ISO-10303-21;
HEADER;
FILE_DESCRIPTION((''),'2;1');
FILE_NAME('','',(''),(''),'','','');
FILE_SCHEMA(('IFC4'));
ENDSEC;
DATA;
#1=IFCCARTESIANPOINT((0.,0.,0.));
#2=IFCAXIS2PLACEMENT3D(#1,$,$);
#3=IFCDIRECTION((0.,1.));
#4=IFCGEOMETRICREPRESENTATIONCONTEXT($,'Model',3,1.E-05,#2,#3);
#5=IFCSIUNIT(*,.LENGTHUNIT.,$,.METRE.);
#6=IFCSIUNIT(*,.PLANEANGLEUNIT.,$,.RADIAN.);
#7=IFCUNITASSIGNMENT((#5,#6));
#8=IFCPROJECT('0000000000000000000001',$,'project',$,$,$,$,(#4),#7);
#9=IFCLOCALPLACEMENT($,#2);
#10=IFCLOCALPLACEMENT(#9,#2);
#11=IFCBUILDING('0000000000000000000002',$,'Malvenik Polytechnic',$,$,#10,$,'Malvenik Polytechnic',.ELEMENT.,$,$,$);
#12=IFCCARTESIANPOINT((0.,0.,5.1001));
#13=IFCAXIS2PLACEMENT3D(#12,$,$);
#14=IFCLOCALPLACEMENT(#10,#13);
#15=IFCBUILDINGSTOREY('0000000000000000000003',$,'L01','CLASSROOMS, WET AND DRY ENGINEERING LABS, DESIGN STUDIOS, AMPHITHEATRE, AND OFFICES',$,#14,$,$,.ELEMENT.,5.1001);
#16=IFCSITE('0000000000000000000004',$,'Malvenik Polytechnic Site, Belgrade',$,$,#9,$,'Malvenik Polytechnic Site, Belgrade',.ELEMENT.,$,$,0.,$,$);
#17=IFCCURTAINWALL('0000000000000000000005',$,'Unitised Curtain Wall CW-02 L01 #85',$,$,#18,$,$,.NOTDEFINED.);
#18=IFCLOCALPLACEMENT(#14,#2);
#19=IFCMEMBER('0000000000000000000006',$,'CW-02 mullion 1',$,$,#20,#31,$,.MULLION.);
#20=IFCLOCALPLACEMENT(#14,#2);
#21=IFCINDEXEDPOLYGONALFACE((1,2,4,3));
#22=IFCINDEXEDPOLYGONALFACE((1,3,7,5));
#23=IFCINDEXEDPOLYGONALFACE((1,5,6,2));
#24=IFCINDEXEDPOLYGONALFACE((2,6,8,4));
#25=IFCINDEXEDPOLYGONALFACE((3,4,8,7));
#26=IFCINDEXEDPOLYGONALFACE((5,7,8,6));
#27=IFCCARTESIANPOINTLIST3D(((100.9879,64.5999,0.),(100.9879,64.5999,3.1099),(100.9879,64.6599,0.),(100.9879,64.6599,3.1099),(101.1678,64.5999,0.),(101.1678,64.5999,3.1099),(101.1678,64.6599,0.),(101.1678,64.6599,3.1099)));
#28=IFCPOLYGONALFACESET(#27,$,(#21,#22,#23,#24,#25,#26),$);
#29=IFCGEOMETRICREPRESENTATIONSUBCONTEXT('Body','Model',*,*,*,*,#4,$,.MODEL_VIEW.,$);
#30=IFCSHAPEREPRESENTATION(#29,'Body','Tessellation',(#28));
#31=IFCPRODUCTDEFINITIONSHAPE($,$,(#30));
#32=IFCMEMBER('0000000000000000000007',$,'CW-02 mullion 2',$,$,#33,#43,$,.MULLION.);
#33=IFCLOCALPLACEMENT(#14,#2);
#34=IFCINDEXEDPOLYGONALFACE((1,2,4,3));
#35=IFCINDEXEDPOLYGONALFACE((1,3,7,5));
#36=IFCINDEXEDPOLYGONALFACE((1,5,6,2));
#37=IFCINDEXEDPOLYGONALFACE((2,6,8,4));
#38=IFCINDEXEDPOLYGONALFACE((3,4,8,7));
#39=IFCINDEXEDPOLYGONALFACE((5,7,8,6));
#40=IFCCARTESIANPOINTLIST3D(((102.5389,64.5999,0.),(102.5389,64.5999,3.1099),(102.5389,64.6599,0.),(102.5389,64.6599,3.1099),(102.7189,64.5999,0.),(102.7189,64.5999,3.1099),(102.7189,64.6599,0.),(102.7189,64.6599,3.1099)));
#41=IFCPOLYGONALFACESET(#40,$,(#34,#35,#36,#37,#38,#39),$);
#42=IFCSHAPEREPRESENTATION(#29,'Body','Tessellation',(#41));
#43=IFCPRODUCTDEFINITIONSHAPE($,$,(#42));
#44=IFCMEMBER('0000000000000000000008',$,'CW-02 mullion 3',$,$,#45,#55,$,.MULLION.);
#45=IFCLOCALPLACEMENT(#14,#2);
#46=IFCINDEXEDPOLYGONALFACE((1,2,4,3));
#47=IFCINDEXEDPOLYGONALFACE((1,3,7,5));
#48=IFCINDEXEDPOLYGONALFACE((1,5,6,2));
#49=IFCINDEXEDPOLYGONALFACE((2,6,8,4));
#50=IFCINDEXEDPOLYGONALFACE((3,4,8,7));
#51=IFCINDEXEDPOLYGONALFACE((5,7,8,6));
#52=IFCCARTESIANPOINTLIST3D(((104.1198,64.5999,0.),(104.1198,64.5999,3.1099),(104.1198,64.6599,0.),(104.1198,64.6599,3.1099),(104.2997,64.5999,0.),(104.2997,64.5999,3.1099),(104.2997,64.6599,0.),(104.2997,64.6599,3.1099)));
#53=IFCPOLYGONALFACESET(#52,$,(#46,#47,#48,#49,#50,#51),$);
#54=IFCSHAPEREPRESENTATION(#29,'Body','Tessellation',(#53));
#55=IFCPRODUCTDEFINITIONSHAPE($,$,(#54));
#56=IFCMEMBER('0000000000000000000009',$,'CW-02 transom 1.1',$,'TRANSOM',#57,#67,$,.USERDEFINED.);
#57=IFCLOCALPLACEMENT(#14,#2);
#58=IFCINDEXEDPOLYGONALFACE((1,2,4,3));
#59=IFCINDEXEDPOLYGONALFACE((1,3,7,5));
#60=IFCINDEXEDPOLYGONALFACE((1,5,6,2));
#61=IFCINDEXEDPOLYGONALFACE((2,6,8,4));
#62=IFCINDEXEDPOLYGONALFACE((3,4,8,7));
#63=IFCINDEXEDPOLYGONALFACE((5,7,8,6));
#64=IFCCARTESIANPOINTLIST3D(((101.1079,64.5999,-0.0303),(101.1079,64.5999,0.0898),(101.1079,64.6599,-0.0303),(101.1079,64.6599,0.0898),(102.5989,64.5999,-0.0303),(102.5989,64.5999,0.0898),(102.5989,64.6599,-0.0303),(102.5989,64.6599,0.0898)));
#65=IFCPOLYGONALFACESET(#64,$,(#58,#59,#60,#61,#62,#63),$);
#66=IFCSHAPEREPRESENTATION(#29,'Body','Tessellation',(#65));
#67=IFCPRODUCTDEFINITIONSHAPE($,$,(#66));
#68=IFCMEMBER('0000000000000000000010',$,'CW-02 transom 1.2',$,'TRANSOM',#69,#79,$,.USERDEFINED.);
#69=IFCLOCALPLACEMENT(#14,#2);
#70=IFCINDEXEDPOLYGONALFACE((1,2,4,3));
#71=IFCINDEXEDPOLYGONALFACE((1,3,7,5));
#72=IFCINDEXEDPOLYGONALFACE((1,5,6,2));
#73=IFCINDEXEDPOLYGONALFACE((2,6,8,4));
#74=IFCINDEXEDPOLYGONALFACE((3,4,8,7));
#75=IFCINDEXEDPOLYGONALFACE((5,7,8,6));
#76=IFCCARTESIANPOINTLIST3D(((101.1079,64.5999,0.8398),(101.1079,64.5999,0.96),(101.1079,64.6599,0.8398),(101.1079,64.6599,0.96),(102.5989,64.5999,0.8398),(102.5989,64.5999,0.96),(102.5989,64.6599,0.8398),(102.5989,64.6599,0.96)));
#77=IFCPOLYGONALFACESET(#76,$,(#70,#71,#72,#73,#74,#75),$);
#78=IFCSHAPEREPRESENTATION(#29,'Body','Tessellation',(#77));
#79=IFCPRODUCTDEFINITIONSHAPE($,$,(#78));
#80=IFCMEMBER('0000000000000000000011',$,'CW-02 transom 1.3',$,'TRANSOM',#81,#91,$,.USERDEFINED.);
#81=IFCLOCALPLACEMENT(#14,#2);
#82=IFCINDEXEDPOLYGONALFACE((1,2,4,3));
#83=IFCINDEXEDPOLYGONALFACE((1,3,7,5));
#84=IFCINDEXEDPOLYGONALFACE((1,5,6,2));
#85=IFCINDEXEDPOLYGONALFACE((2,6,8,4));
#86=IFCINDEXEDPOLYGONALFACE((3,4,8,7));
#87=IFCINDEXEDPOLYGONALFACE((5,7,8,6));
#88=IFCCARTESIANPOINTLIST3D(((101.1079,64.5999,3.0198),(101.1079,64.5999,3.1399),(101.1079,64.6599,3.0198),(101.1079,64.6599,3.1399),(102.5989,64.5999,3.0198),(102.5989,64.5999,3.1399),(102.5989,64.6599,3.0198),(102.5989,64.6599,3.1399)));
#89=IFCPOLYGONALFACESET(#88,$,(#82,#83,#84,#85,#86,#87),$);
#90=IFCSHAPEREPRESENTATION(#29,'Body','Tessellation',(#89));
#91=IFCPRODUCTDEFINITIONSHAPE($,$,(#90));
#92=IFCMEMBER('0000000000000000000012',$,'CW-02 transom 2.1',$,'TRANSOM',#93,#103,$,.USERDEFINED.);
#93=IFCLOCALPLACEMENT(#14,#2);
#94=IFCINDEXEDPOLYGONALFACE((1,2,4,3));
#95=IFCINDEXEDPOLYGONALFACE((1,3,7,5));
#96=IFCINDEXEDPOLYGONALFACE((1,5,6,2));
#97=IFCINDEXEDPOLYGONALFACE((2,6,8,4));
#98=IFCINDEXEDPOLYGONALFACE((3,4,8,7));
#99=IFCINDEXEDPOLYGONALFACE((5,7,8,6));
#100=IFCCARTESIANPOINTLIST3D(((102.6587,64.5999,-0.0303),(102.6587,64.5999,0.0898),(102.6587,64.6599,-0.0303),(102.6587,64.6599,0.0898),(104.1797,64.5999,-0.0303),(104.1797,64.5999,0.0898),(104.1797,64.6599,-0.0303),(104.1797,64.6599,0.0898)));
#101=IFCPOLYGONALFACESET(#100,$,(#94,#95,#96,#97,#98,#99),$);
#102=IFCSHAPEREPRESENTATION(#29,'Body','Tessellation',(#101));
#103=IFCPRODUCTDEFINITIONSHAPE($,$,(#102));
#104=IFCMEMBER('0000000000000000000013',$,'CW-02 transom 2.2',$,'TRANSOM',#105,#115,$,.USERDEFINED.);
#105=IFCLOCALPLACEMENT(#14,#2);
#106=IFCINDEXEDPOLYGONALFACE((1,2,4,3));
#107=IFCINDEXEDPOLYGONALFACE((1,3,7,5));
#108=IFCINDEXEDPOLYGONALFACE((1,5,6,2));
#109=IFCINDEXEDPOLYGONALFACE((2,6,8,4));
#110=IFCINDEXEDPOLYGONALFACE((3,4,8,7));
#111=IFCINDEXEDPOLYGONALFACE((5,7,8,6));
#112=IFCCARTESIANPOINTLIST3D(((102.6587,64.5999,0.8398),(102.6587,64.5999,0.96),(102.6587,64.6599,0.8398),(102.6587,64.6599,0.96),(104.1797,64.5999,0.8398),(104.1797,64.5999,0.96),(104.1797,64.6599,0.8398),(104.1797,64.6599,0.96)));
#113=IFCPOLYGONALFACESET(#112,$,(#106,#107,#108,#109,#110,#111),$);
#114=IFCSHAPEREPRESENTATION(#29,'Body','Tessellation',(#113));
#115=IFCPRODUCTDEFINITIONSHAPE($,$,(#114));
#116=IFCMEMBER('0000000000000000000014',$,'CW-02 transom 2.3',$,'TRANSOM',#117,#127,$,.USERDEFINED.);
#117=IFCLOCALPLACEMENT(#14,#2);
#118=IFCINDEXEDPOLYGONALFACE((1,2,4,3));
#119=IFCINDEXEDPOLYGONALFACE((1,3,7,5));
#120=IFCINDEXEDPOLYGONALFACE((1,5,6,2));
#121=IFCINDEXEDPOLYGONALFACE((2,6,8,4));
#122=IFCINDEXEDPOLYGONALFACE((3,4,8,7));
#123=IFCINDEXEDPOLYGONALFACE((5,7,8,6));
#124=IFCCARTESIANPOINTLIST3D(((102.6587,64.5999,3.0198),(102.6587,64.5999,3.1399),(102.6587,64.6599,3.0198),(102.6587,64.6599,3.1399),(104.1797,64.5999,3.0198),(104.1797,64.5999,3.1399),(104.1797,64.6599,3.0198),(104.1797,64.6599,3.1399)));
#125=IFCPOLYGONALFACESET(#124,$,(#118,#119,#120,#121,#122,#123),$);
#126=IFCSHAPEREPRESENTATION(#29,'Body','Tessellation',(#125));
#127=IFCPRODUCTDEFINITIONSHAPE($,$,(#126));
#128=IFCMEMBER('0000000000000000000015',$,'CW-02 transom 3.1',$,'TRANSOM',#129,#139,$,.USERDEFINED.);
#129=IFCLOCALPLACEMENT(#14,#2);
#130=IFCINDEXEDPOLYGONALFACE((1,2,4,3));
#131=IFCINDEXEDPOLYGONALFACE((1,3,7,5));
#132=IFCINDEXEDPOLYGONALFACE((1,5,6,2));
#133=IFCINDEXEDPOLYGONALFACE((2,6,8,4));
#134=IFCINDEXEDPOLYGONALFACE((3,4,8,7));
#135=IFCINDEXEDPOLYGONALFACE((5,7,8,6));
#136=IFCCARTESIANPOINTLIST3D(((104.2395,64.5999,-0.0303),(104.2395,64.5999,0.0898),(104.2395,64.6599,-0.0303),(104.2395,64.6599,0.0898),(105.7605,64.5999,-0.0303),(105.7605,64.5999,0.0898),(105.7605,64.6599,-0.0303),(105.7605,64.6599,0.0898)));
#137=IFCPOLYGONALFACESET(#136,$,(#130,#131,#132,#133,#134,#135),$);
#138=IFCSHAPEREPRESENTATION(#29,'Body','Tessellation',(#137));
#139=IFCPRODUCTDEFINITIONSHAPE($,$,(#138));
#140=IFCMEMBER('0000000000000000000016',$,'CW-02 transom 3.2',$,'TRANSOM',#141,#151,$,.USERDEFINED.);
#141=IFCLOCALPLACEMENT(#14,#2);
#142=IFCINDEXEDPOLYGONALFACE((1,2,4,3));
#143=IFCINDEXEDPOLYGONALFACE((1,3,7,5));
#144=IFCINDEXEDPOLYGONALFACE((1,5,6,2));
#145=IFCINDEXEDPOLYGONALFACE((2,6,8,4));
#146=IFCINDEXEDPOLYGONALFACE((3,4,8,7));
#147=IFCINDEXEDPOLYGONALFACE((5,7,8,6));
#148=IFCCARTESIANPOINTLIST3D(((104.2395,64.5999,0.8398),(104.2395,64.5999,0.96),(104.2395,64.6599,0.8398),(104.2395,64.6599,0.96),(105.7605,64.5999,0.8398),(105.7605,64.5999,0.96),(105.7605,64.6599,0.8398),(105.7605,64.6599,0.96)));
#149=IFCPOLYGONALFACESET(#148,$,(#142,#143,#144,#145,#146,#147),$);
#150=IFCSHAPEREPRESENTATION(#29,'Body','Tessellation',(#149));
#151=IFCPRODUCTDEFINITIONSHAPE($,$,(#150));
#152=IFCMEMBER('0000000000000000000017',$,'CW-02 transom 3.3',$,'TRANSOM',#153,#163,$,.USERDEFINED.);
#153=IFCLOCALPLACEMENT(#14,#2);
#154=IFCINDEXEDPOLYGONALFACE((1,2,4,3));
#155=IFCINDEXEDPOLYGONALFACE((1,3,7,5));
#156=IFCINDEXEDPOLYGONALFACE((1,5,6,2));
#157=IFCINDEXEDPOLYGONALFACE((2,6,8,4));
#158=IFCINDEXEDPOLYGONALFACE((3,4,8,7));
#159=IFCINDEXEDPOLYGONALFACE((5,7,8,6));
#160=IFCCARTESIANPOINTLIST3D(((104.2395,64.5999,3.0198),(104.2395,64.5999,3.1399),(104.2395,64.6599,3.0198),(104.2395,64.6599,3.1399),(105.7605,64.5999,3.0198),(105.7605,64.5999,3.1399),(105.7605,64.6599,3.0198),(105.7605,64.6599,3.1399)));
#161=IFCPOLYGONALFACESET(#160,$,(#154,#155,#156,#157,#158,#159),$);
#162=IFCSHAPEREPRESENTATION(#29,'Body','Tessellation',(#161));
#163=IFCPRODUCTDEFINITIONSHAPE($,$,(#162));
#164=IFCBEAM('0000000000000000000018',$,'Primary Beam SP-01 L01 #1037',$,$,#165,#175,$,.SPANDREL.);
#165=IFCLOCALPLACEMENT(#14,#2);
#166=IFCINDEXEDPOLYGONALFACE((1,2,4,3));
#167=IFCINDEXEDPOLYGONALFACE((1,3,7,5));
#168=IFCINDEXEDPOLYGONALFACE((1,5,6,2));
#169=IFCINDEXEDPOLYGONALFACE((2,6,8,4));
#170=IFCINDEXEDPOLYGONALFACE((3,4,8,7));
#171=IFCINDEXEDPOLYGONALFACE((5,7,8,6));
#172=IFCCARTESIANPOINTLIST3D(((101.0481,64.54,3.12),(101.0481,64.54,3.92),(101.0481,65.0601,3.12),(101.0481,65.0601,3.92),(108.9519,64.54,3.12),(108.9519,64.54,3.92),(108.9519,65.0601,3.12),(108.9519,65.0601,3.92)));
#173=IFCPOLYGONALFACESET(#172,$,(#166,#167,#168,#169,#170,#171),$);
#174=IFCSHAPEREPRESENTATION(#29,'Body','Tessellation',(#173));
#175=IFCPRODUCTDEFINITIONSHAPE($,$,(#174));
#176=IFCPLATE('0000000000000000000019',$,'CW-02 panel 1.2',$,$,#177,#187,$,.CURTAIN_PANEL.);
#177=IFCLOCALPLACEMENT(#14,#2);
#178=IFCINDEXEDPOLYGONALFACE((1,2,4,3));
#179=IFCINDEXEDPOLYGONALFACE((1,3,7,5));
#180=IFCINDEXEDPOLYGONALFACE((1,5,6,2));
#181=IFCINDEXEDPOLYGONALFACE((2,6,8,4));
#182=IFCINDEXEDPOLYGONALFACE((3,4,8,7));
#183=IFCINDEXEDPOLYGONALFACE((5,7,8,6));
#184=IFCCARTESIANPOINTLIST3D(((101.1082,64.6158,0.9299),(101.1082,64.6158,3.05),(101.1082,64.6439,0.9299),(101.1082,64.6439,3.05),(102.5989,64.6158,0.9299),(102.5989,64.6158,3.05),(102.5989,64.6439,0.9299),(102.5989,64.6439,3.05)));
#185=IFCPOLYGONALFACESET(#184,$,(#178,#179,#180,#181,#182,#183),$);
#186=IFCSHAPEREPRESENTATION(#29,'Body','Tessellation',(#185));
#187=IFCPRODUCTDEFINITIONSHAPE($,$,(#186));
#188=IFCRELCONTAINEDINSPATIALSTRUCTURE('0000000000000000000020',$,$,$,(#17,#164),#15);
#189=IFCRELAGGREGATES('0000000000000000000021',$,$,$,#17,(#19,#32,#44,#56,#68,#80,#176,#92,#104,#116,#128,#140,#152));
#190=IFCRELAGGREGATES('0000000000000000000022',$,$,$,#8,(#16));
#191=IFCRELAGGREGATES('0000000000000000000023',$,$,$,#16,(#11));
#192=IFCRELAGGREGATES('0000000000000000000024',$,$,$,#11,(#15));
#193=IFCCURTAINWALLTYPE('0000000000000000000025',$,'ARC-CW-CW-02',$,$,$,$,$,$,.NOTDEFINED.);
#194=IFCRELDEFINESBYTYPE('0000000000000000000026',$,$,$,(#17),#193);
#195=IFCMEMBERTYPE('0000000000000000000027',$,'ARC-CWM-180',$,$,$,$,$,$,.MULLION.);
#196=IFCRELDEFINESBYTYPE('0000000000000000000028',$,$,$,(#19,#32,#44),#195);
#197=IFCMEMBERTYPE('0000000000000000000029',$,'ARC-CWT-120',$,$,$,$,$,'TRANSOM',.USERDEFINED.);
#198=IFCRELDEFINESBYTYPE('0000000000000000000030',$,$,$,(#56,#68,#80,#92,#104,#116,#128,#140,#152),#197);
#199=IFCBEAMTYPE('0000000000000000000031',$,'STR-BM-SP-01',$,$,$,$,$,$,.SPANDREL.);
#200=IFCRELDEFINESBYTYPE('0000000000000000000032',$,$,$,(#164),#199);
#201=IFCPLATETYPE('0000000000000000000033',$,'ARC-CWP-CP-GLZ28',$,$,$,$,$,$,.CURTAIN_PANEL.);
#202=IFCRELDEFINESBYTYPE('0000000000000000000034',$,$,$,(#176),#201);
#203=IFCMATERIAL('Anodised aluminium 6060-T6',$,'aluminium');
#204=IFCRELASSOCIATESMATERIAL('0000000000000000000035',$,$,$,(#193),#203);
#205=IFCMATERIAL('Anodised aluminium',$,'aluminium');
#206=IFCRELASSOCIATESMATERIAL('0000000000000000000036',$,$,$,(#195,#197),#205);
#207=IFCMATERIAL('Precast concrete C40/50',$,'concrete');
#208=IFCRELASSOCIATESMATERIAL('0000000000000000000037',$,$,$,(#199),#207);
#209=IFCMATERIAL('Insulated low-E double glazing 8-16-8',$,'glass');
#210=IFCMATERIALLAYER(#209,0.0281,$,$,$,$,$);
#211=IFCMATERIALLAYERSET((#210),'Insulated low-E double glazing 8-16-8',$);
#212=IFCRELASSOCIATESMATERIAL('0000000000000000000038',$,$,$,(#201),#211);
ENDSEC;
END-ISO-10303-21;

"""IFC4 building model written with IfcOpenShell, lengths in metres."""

from ifc_helpers import new_model, si_unit, direction, frame, origin, origin_2d, place, context, subcontext, project, spatial, rectangle, extrude, material, layer, layer_set, material_profile, profile_set, type_object, element, aggregate, save


model = new_model("IFC4")

# Units and contexts
model_context = context("Model", 3, precision=1e-05, world=origin(), true_north=direction((0.0, 1.0)))
body_context = subcontext(model_context, "Body", "Model", "MODEL_VIEW")
ifc_project = project(units=[si_unit("LENGTHUNIT", "METRE"), si_unit("PLANEANGLEUNIT", "RADIAN")], contexts=[model_context])

# Site, building, storey
site_placement = place(None, origin())
site = spatial("IfcSite", under=ifc_project, at=site_placement, Name="Malvenik Polytechnic Site, Belgrade", LongName="Malvenik Polytechnic Site, Belgrade", CompositionType="ELEMENT", RefElevation=0.0)
building_placement = place(site_placement, origin())
building = spatial("IfcBuilding", under=site, at=building_placement, Name="Malvenik Polytechnic", LongName="Malvenik Polytechnic", CompositionType="ELEMENT")
storey_placement = place(building_placement, frame((0.0, 0.0, 5.1001)))
storey = spatial("IfcBuildingStorey", under=building, at=storey_placement, Name="L01", Description="CLASSROOMS, WET AND DRY ENGINEERING LABS, DESIGN STUDIOS, AMPHITHEATRE, AND OFFICES", CompositionType="ELEMENT", Elevation=5.1001)

# Curtain wall, members
ifc_material_1 = material(Name="Anodised aluminium 6060-T6", Category="aluminium")
curtain_wall_type = type_object("IfcCurtainWallType", Name="ARC-CW-CW-02", PredefinedType="NOTDEFINED", material=ifc_material_1)
curtain_wall_placement = place(storey_placement, origin())
curtain_wall = element("IfcCurtainWall", 1, at=curtain_wall_placement, inside=storey, type_object=curtain_wall_type, Name="Unitised Curtain Wall CW-02 L01 #85", PredefinedType="NOTDEFINED")
ifc_material_2 = material(Name="Anodised aluminium", Category="aluminium")
ifc_material_profile_1 = material_profile(ifc_material_2, rectangle(XDim=0.0601, YDim=0.1799, at=origin_2d()), Name="ALU MULLION 60x180")
ifc_profile_set_1 = profile_set([ifc_material_profile_1], Name="Anodised aluminium")
member_type_1 = type_object("IfcMemberType", Name="ARC-CWM-180", PredefinedType="MULLION", material=ifc_profile_set_1)
member_1_placement = place(storey_placement, frame((101.0779, 64.6299, 0.0), z_axis=(0.0, 0.0, 1.0), x_axis=(0.0, 1.0, 0.0)))
member_1 = element("IfcMember", 2, at=member_1_placement, type_object=member_type_1, Name="CW-02 mullion 1", PredefinedType="MULLION", context=body_context, shape_type="SweptSolid", body=[
    extrude(rectangle(XDim=0.0601, YDim=0.1799, at=origin_2d()), origin(), (0.0, 0.0, 1.0), 3.1099),
])
member_2_placement = place(storey_placement, frame((102.6289, 64.6299, 0.0), z_axis=(0.0, 0.0, 1.0), x_axis=(0.0, 1.0, 0.0)))
member_2 = element("IfcMember", 3, at=member_2_placement, type_object=member_type_1, Name="CW-02 mullion 2", PredefinedType="MULLION", context=body_context, shape_type="SweptSolid", body=[
    extrude(rectangle(XDim=0.0601, YDim=0.1799, at=origin_2d()), origin(), (0.0, 0.0, 1.0), 3.1099),
])
member_3_placement = place(storey_placement, frame((104.2097, 64.6299, 0.0), z_axis=(0.0, 0.0, 1.0), x_axis=(0.0, 1.0, 0.0)))
member_3 = element("IfcMember", 4, at=member_3_placement, type_object=member_type_1, Name="CW-02 mullion 3", PredefinedType="MULLION", context=body_context, shape_type="SweptSolid", body=[
    extrude(rectangle(XDim=0.0601, YDim=0.1799, at=origin_2d()), origin(), (0.0, 0.0, 1.0), 3.1099),
])
ifc_material_profile_2 = material_profile(ifc_material_2, rectangle(XDim=0.0601, YDim=0.1201, at=origin_2d()), Name="ALU TRANSOM 60x120")
ifc_profile_set_2 = profile_set([ifc_material_profile_2], Name="Anodised aluminium")
member_type_2 = type_object("IfcMemberType", Name="ARC-CWT-120", ElementType="TRANSOM", PredefinedType="USERDEFINED", material=ifc_profile_set_2)
member_4_placement = place(storey_placement, frame((101.1079, 64.6299, 0.0298), z_axis=(1.0, 0.0, 0.0), x_axis=(0.0, 1.0, 0.0)))
member_4 = element("IfcMember", 5, at=member_4_placement, type_object=member_type_2, Name="CW-02 transom 1.1", ObjectType="TRANSOM", PredefinedType="USERDEFINED", context=body_context, shape_type="SweptSolid", body=[
    extrude(rectangle(XDim=0.0601, YDim=0.1201, at=origin_2d()), origin(), (0.0, 0.0, 1.0), 1.491),
])
member_5_placement = place(storey_placement, frame((101.1079, 64.6299, 0.8999), z_axis=(1.0, 0.0, 0.0), x_axis=(0.0, 1.0, 0.0)))
member_5 = element("IfcMember", 6, at=member_5_placement, type_object=member_type_2, Name="CW-02 transom 1.2", ObjectType="TRANSOM", PredefinedType="USERDEFINED", context=body_context, shape_type="SweptSolid", body=[
    extrude(rectangle(XDim=0.0601, YDim=0.1201, at=origin_2d()), origin(), (0.0, 0.0, 1.0), 1.491),
])
member_6_placement = place(storey_placement, frame((101.1079, 64.6299, 3.0798), z_axis=(1.0, 0.0, 0.0), x_axis=(0.0, 1.0, 0.0)))
member_6 = element("IfcMember", 7, at=member_6_placement, type_object=member_type_2, Name="CW-02 transom 1.3", ObjectType="TRANSOM", PredefinedType="USERDEFINED", context=body_context, shape_type="SweptSolid", body=[
    extrude(rectangle(XDim=0.0601, YDim=0.1201, at=origin_2d()), origin(), (0.0, 0.0, 1.0), 1.491),
])
member_7_placement = place(storey_placement, frame((102.6587, 64.6299, 0.0298), z_axis=(1.0, 0.0, 0.0), x_axis=(0.0, 1.0, 0.0)))
member_7 = element("IfcMember", 8, at=member_7_placement, type_object=member_type_2, Name="CW-02 transom 2.1", ObjectType="TRANSOM", PredefinedType="USERDEFINED", context=body_context, shape_type="SweptSolid", body=[
    extrude(rectangle(XDim=0.0601, YDim=0.1201, at=origin_2d()), origin(), (0.0, 0.0, 1.0), 1.521),
])
member_8_placement = place(storey_placement, frame((102.6587, 64.6299, 0.8999), z_axis=(1.0, 0.0, 0.0), x_axis=(0.0, 1.0, 0.0)))
member_8 = element("IfcMember", 9, at=member_8_placement, type_object=member_type_2, Name="CW-02 transom 2.2", ObjectType="TRANSOM", PredefinedType="USERDEFINED", context=body_context, shape_type="SweptSolid", body=[
    extrude(rectangle(XDim=0.0601, YDim=0.1201, at=origin_2d()), origin(), (0.0, 0.0, 1.0), 1.521),
])
member_9_placement = place(storey_placement, frame((102.6587, 64.6299, 3.0798), z_axis=(1.0, 0.0, 0.0), x_axis=(0.0, 1.0, 0.0)))
member_9 = element("IfcMember", 10, at=member_9_placement, type_object=member_type_2, Name="CW-02 transom 2.3", ObjectType="TRANSOM", PredefinedType="USERDEFINED", context=body_context, shape_type="SweptSolid", body=[
    extrude(rectangle(XDim=0.0601, YDim=0.1201, at=origin_2d()), origin(), (0.0, 0.0, 1.0), 1.521),
])
member_10_placement = place(storey_placement, frame((104.2395, 64.6299, 0.0298), z_axis=(1.0, 0.0, 0.0), x_axis=(0.0, 1.0, 0.0)))
member_10 = element("IfcMember", 11, at=member_10_placement, type_object=member_type_2, Name="CW-02 transom 3.1", ObjectType="TRANSOM", PredefinedType="USERDEFINED", context=body_context, shape_type="SweptSolid", body=[
    extrude(rectangle(XDim=0.0601, YDim=0.1201, at=origin_2d()), origin(), (0.0, 0.0, 1.0), 1.521),
])
member_11_placement = place(storey_placement, frame((104.2395, 64.6299, 0.8999), z_axis=(1.0, 0.0, 0.0), x_axis=(0.0, 1.0, 0.0)))
member_11 = element("IfcMember", 12, at=member_11_placement, type_object=member_type_2, Name="CW-02 transom 3.2", ObjectType="TRANSOM", PredefinedType="USERDEFINED", context=body_context, shape_type="SweptSolid", body=[
    extrude(rectangle(XDim=0.0601, YDim=0.1201, at=origin_2d()), origin(), (0.0, 0.0, 1.0), 1.521),
])
member_12_placement = place(storey_placement, frame((104.2395, 64.6299, 3.0798), z_axis=(1.0, 0.0, 0.0), x_axis=(0.0, 1.0, 0.0)))
member_12 = element("IfcMember", 13, at=member_12_placement, type_object=member_type_2, Name="CW-02 transom 3.3", ObjectType="TRANSOM", PredefinedType="USERDEFINED", context=body_context, shape_type="SweptSolid", body=[
    extrude(rectangle(XDim=0.0601, YDim=0.1201, at=origin_2d()), origin(), (0.0, 0.0, 1.0), 1.521),
])

# Beam
ifc_material_3 = material(Name="Precast concrete C40/50", Category="concrete")
ifc_material_profile_3 = material_profile(ifc_material_3, rectangle(XDim=0.52, YDim=0.8, at=origin_2d()), Name="PC SPN 520x800")
ifc_profile_set_3 = profile_set([ifc_material_profile_3], Name="Precast concrete C40/50")
beam_type = type_object("IfcBeamType", Name="STR-BM-SP-01", PredefinedType="SPANDREL", material=ifc_profile_set_3)
beam_placement = place(storey_placement, frame((101.0481, 64.8, 3.52), z_axis=(1.0, 0.0, 0.0), x_axis=(0.0, 1.0, 0.0)))
element("IfcBeam", 14, at=beam_placement, inside=storey, type_object=beam_type, Name="Primary Beam SP-01 L01 #1037", PredefinedType="SPANDREL", context=body_context, shape_type="SweptSolid", body=[
    extrude(rectangle(XDim=0.52, YDim=0.8, at=origin_2d()), origin(), (0.0, 0.0, 1.0), 7.9038),
])

# Plate
ifc_material_4 = material(Name="Insulated low-E double glazing 8-16-8", Category="glass")
ifc_layer_1 = layer(ifc_material_4, 0.0281)
ifc_layer_set_1 = layer_set([ifc_layer_1], Name="Insulated low-E double glazing 8-16-8")
plate_type_1 = type_object("IfcPlateType", Name="ARC-CWP-CP-GLZ28", PredefinedType="CURTAIN_PANEL", material=ifc_layer_set_1)
plate_1_placement = place(storey_placement, frame((101.8535, 64.6299, 0.9299), z_axis=(0.0, 0.0, 1.0), x_axis=(1.0, 0.0, 0.0)))
plate_1 = element("IfcPlate", 15, at=plate_1_placement, type_object=plate_type_1, Name="CW-02 panel 1.2", PredefinedType="CURTAIN_PANEL", context=body_context, shape_type="SweptSolid", body=[
    extrude(rectangle(XDim=1.4907, YDim=0.0281, at=origin_2d()), origin(), (0.0, 0.0, 1.0), 2.1201),
])
aggregate(curtain_wall, [member_1, member_2, member_3, member_4, member_5, member_6, plate_1, member_7, member_8, member_9, member_10, member_11, member_12])

save(model, "model.ifc")
